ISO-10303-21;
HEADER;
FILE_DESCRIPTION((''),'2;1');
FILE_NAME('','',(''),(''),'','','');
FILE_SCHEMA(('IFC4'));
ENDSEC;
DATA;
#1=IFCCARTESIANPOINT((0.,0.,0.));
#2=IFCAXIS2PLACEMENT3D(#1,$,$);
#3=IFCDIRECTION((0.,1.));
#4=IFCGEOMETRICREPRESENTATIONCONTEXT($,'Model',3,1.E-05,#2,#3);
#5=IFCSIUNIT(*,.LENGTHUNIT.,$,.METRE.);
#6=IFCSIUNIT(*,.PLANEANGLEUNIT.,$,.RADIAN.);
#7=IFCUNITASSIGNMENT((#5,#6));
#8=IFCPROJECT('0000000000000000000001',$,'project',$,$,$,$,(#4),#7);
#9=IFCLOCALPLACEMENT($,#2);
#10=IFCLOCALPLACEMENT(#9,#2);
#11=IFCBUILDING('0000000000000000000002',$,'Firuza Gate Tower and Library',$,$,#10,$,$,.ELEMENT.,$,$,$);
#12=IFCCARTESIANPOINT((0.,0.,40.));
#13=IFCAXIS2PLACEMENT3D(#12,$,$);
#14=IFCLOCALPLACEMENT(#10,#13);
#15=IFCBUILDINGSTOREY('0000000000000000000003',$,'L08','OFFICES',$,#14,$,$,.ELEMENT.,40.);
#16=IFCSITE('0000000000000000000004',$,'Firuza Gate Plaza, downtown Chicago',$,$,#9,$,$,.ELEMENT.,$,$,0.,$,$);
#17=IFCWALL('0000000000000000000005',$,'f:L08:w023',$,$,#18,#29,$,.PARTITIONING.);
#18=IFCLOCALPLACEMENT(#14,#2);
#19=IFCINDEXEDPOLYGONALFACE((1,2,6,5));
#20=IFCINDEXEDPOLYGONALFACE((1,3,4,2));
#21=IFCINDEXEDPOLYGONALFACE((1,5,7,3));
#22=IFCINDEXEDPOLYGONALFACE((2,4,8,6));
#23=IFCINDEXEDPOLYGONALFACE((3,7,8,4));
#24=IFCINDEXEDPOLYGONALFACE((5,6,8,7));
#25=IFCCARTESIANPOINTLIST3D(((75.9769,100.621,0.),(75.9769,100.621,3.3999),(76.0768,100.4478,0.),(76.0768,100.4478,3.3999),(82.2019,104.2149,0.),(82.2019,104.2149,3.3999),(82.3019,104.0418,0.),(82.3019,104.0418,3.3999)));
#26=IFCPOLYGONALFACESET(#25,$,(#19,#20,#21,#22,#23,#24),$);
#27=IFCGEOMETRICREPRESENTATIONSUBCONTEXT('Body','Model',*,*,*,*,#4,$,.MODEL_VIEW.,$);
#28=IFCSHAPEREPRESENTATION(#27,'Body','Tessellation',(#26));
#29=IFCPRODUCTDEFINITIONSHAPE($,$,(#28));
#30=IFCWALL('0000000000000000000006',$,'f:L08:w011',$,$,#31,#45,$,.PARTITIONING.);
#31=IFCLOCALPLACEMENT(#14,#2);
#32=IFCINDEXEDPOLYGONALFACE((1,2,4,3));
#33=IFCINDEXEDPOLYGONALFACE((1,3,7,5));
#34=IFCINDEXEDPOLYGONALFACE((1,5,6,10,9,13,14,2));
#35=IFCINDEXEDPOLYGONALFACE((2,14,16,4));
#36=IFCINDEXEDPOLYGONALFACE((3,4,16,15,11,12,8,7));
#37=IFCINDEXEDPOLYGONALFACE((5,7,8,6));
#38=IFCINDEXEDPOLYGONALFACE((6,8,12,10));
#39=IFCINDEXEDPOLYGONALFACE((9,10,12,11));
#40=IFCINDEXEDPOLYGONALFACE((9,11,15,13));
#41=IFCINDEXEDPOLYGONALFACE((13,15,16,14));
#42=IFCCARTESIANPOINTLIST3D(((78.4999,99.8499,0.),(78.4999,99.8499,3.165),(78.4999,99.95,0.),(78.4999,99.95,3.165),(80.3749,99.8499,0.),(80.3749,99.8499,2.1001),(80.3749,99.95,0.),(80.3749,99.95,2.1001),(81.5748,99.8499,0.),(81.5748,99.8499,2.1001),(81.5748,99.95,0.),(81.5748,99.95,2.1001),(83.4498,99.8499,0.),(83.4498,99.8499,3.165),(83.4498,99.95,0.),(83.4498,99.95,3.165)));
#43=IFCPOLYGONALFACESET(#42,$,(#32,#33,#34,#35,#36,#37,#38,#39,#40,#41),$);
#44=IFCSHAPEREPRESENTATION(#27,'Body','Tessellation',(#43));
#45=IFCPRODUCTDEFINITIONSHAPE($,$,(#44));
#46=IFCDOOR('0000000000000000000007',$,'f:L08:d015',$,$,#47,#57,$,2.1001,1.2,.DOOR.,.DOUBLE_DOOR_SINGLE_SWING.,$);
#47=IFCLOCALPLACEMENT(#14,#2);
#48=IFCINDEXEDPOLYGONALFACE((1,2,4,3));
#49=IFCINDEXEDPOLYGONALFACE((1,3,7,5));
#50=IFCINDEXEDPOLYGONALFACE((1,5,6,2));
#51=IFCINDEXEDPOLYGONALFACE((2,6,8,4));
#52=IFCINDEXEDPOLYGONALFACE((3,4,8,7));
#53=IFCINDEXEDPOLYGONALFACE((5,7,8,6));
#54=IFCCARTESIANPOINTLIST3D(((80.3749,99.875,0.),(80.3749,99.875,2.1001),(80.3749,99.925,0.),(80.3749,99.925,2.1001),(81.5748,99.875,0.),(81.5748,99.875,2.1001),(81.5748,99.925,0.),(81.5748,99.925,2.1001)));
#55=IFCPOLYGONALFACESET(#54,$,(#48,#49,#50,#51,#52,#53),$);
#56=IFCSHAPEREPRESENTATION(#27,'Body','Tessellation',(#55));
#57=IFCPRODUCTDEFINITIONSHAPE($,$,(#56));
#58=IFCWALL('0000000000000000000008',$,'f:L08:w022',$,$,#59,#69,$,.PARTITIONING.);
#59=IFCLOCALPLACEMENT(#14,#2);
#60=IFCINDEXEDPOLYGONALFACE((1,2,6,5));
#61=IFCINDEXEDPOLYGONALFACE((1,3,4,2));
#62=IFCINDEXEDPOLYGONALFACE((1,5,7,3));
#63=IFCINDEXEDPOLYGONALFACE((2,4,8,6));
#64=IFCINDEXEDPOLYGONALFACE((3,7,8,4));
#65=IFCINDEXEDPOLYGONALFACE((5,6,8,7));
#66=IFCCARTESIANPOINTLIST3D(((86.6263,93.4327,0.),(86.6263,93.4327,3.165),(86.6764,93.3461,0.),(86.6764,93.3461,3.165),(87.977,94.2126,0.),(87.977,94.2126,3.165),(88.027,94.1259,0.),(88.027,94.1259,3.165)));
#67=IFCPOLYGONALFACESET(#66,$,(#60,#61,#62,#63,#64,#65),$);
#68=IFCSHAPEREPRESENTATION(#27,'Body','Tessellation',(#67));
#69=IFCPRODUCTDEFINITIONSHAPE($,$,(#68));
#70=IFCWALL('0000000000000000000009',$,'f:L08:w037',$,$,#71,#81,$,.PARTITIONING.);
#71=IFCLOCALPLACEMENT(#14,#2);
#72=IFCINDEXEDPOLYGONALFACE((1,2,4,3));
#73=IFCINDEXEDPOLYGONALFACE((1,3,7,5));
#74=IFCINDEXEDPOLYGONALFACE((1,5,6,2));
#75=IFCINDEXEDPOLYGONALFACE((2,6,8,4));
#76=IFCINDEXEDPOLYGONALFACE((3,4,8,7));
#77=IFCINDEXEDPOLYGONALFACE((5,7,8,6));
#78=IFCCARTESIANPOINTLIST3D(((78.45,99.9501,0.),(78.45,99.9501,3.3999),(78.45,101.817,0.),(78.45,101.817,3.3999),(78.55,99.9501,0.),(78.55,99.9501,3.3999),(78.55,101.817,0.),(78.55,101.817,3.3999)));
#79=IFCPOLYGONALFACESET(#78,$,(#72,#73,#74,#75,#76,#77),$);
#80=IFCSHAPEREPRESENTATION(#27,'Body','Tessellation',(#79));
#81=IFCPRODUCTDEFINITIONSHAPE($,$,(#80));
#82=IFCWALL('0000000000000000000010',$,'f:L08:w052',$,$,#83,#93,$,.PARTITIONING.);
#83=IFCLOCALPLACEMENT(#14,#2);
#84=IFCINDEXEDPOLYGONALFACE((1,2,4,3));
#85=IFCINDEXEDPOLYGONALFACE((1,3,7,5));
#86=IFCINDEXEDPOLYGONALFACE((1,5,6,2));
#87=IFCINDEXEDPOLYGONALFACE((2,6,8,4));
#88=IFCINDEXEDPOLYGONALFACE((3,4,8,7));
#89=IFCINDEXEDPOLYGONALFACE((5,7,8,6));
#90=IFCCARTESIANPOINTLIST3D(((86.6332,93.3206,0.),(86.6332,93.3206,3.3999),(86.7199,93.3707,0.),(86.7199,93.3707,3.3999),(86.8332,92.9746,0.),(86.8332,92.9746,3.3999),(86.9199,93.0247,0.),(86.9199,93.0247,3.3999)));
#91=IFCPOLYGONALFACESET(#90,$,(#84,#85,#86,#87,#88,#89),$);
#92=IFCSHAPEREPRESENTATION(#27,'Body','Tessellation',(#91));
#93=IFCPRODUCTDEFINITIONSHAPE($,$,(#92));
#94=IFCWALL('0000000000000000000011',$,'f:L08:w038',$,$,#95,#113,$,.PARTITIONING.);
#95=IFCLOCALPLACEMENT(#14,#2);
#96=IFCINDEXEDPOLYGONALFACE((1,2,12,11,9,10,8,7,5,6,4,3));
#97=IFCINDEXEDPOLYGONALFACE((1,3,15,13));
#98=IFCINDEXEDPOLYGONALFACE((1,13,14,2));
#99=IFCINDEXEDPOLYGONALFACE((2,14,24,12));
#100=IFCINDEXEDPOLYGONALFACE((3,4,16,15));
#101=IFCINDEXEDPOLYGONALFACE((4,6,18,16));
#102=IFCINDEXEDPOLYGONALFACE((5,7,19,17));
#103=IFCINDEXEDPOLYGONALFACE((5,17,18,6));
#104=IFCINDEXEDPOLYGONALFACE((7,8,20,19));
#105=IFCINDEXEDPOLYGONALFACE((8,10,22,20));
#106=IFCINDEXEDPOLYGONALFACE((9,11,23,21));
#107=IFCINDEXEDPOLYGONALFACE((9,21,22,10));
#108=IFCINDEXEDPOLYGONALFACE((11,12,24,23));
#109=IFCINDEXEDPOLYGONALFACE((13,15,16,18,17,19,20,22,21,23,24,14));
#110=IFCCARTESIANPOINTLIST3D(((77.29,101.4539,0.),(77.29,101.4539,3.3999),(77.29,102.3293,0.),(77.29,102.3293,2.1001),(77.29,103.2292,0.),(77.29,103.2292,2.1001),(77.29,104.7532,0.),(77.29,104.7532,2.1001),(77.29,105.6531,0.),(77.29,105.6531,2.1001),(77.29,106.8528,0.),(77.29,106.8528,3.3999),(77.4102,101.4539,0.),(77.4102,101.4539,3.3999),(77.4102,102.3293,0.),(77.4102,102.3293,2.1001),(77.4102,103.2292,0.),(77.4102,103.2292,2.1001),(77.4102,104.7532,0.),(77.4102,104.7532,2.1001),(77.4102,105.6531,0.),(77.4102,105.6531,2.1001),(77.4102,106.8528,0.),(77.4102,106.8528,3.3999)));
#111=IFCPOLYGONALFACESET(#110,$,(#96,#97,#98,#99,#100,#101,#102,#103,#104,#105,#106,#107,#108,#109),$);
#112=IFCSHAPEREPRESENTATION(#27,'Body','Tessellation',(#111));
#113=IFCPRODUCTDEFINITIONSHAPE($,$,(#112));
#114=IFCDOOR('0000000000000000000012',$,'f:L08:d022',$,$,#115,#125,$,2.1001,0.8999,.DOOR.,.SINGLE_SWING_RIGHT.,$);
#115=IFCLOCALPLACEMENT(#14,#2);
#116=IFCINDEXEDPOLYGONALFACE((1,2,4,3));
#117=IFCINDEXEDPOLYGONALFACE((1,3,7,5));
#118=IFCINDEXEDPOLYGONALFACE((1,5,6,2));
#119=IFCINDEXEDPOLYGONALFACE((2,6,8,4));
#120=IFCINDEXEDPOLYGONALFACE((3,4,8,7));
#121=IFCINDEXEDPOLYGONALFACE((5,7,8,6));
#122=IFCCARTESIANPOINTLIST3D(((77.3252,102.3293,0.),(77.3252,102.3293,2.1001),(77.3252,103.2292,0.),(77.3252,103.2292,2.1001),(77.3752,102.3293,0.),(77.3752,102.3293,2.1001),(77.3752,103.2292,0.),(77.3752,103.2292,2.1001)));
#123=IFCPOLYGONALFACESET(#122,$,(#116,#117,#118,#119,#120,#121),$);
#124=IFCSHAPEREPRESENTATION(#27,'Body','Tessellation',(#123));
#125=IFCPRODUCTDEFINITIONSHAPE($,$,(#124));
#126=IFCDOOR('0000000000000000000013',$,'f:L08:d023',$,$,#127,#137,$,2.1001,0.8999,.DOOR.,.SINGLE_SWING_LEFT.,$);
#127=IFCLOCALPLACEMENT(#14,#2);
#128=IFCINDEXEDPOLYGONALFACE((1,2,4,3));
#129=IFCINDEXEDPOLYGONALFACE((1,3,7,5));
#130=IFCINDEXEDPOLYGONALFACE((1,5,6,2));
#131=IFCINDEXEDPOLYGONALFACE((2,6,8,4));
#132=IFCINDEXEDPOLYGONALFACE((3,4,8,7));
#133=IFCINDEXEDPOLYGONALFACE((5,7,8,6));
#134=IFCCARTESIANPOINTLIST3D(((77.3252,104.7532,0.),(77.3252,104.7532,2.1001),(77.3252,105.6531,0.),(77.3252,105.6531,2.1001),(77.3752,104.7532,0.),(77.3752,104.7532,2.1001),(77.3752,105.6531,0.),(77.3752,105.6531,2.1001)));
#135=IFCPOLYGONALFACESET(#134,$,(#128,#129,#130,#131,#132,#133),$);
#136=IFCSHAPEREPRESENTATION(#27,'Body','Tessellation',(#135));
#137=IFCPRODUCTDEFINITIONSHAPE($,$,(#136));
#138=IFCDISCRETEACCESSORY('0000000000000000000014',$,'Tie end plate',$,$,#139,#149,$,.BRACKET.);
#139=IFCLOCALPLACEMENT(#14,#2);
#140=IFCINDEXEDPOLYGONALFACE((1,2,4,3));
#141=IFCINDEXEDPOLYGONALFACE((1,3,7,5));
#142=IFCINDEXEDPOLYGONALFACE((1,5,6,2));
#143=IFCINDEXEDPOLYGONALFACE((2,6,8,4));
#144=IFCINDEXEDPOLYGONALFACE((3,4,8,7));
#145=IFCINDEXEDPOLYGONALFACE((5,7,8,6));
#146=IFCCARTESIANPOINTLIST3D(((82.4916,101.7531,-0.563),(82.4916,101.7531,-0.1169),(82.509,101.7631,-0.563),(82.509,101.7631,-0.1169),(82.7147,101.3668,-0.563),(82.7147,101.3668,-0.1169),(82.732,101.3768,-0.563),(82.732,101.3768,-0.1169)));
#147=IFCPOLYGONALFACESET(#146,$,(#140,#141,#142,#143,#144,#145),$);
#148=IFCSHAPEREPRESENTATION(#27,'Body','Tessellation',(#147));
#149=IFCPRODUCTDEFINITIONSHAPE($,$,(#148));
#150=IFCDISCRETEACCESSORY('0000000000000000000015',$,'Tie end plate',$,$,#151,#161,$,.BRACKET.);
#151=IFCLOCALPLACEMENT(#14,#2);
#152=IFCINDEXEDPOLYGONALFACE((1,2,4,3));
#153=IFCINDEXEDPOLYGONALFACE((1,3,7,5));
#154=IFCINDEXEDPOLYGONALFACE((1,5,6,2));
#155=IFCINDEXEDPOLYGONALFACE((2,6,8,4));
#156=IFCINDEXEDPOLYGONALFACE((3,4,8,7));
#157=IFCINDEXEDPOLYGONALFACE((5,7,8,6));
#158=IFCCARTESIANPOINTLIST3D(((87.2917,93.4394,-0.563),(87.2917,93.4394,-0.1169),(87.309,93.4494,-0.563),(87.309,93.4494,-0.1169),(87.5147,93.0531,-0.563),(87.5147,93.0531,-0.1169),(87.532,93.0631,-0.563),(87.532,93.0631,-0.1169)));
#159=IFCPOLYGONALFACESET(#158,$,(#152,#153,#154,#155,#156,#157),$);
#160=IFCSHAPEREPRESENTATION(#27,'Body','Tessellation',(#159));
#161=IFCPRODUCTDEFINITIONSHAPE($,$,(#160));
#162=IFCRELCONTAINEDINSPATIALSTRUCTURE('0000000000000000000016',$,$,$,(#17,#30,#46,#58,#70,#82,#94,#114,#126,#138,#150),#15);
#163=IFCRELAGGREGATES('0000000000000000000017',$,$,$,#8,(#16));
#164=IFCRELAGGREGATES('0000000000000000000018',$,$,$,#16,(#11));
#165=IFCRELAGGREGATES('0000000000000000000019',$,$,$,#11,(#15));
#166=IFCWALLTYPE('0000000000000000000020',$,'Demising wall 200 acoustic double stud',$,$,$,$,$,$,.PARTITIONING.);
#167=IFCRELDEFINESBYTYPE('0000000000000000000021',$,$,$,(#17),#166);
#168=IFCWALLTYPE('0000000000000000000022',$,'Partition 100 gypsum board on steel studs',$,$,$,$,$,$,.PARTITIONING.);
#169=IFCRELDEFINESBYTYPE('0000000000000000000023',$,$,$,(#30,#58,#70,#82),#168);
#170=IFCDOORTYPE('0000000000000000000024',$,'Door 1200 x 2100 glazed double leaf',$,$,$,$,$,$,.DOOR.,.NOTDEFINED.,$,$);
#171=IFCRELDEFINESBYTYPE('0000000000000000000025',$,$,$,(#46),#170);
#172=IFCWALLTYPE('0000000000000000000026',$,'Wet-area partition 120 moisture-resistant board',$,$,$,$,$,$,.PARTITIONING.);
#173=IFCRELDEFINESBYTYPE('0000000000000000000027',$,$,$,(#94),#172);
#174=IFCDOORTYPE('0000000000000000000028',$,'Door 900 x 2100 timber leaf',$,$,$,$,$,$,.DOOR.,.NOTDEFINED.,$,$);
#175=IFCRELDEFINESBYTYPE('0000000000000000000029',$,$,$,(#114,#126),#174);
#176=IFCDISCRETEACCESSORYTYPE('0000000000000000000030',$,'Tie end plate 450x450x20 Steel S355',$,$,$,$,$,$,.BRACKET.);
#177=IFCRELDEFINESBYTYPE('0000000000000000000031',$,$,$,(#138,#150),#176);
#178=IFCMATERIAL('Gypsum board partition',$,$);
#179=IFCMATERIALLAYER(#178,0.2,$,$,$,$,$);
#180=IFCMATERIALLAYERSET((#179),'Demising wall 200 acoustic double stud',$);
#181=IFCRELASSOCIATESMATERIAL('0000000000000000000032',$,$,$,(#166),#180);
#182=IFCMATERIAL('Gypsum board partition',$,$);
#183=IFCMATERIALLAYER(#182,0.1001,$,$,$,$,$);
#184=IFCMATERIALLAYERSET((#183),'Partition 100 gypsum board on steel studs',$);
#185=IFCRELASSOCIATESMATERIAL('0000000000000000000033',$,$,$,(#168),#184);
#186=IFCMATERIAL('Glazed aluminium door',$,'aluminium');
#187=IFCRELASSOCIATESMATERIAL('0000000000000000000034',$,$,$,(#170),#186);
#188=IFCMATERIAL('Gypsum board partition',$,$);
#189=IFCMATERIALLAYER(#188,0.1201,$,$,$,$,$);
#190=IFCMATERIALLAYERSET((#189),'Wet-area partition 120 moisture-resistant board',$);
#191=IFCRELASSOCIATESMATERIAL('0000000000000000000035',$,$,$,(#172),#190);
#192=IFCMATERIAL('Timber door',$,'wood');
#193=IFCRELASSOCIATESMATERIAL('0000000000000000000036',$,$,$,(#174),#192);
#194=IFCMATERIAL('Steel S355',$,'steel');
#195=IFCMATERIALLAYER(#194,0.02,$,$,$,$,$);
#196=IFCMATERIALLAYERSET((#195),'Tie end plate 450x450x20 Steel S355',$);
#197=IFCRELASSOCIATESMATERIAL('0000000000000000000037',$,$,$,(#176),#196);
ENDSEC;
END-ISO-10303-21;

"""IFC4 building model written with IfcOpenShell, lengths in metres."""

from ifc_helpers import new_model, si_unit, direction, frame, frame_2d, origin, origin_2d, place, context, subcontext, project, spatial, rectangle, extrude, material, layer, layer_set, type_object, element, fill, save


model = new_model("IFC4")

# Units and contexts
model_context = context("Model", 3, precision=1e-05, world=origin(), true_north=direction((0.0, 1.0)))
body_context = subcontext(model_context, "Body", "Model", "MODEL_VIEW")
ifc_project = project(units=[si_unit("LENGTHUNIT", "METRE"), si_unit("PLANEANGLEUNIT", "RADIAN")], contexts=[model_context])

# Site, building, storey
site_placement = place(None, origin())
site = spatial("IfcSite", under=ifc_project, at=site_placement, Name="Firuza Gate Plaza, downtown Chicago", CompositionType="ELEMENT", RefElevation=0.0)
building_placement = place(site_placement, origin())
building = spatial("IfcBuilding", under=site, at=building_placement, Name="Firuza Gate Tower and Library", CompositionType="ELEMENT")
storey_placement = place(building_placement, frame((0.0, 0.0, 40.0)))
storey = spatial("IfcBuildingStorey", under=building, at=storey_placement, Name="L08", Description="OFFICES", CompositionType="ELEMENT", Elevation=40.0)

# Wall
ifc_material_1 = material(Name="Gypsum board partition")
ifc_layer_1 = layer(ifc_material_1, 0.2)
ifc_layer_set_1 = layer_set([ifc_layer_1], Name="Demising wall 200 acoustic double stud")
wall_type_1 = type_object("IfcWallType", Name="Demising wall 200 acoustic double stud", PredefinedType="PARTITIONING", material=ifc_layer_set_1)
wall_1_placement = place(storey_placement, frame((76.0269, 100.5344, 0.0), z_axis=(0.0, 0.0, 1.0), x_axis=(0.866029, 0.499993, 0.0)))
element("IfcWall", 1, at=wall_1_placement, inside=storey, type_object=wall_type_1, Name="f:L08:w023", PredefinedType="PARTITIONING", context=body_context, shape_type="SweptSolid", body=[
    extrude(rectangle(XDim=7.188, YDim=0.2, at=frame_2d((3.594, 0.0))), origin(), (0.0, 0.0, 1.0), 3.3999),
])

# Wall, opening, door
ifc_material_2 = material(Name="Gypsum board partition")
ifc_layer_2 = layer(ifc_material_2, 0.1001)
ifc_layer_set_2 = layer_set([ifc_layer_2], Name="Partition 100 gypsum board on steel studs")
wall_type_2 = type_object("IfcWallType", Name="Partition 100 gypsum board on steel studs", PredefinedType="PARTITIONING", material=ifc_layer_set_2)
wall_2_placement = place(storey_placement, frame((83.45, 99.8999, 0.0), z_axis=(0.0, 0.0, 1.0), x_axis=(-1.0, 0.0, 0.0)))
wall_2 = element("IfcWall", 2, at=wall_2_placement, inside=storey, type_object=wall_type_2, Name="f:L08:w011", PredefinedType="PARTITIONING", context=body_context, shape_type="SweptSolid", body=[
    extrude(rectangle(XDim=4.95, YDim=0.1001, at=frame_2d((2.4751, 0.0))), origin(), (0.0, 0.0, 1.0), 3.165),
])
opening_1_placement = place(wall_2_placement, frame((1.875, 0.0, 0.0)))
opening_1 = element("IfcOpeningElement", 3, at=opening_1_placement, cuts=wall_2, PredefinedType="OPENING", context=body_context, shape_type="SweptSolid", body=[
    extrude(rectangle(XDim=1.2, YDim=2.1001, at=frame_2d((0.6001, 1.05))), frame((0.0, 0.0601, 0.0), z_axis=(0.0, -1.0, 0.0), x_axis=(1.0, 0.0, 0.0)), (0.0, 0.0, 1.0), 0.1201),
])
ifc_material_3 = material(Name="Glazed aluminium door", Category="aluminium")
door_type_1 = type_object("IfcDoorType", Name="Door 1200 x 2100 glazed double leaf", OperationType="NOTDEFINED", PredefinedType="DOOR", material=ifc_material_3)
door_1_placement = place(opening_1_placement, origin())
door_1 = element("IfcDoor", 4, at=door_1_placement, inside=storey, type_object=door_type_1, Name="f:L08:d015", OperationType="DOUBLE_DOOR_SINGLE_SWING", OverallHeight=2.1001, OverallWidth=1.2, PredefinedType="DOOR", context=body_context, shape_type="SweptSolid", body=[
    extrude(rectangle(XDim=1.2, YDim=2.1001, at=frame_2d((0.6001, 1.05))), frame((0.0, 0.0249, 0.0), z_axis=(0.0, -1.0, 0.0), x_axis=(1.0, 0.0, 0.0)), (0.0, 0.0, 1.0), 0.05),
])
fill(opening_1, door_1)

# Walls
wall_3_placement = place(storey_placement, frame((86.6514, 93.3894, 0.0), z_axis=(0.0, 0.0, 1.0), x_axis=(0.866019, 0.500012, 0.0)))
element("IfcWall", 5, at=wall_3_placement, inside=storey, type_object=wall_type_2, Name="f:L08:w022", PredefinedType="PARTITIONING", context=body_context, shape_type="SweptSolid", body=[
    extrude(rectangle(XDim=1.5596, YDim=0.1001, at=frame_2d((0.7798, 0.0))), origin(), (0.0, 0.0, 1.0), 3.165),
])
wall_4_placement = place(storey_placement, frame((78.5, 99.95, 0.0), z_axis=(0.0, 0.0, 1.0), x_axis=(0.0, 1.0, 0.0)))
element("IfcWall", 6, at=wall_4_placement, inside=storey, type_object=wall_type_2, Name="f:L08:w037", PredefinedType="PARTITIONING", context=body_context, shape_type="SweptSolid", body=[
    extrude(rectangle(XDim=1.8669, YDim=0.1001, at=frame_2d((0.9336, 0.0))), origin(), (0.0, 0.0, 1.0), 3.3999),
])
wall_5_placement = place(storey_placement, frame((86.8765, 92.9998, 0.0), z_axis=(0.0, 0.0, 1.0), x_axis=(-0.50041, 0.865789, 0.0)))
element("IfcWall", 7, at=wall_5_placement, inside=storey, type_object=wall_type_2, Name="f:L08:w052", PredefinedType="PARTITIONING", context=body_context, shape_type="SweptSolid", body=[
    extrude(rectangle(XDim=0.3997, YDim=0.1001, at=frame_2d((0.1997, 0.0))), origin(), (0.0, 0.0, 1.0), 3.3999),
])

# Wall, openings, doors
ifc_material_4 = material(Name="Gypsum board partition")
ifc_layer_3 = layer(ifc_material_4, 0.1201)
ifc_layer_set_3 = layer_set([ifc_layer_3], Name="Wet-area partition 120 moisture-resistant board")
wall_type_3 = type_object("IfcWallType", Name="Wet-area partition 120 moisture-resistant board", PredefinedType="PARTITIONING", material=ifc_layer_set_3)
wall_6_placement = place(storey_placement, frame((77.3501, 101.4539, 0.0), z_axis=(0.0, 0.0, 1.0), x_axis=(0.0, 1.0, 0.0)))
wall_6 = element("IfcWall", 8, at=wall_6_placement, inside=storey, type_object=wall_type_3, Name="f:L08:w038", PredefinedType="PARTITIONING", context=body_context, shape_type="SweptSolid", body=[
    extrude(rectangle(XDim=5.3989, YDim=0.1201, at=frame_2d((2.6995, 0.0))), origin(), (0.0, 0.0, 1.0), 3.3999),
])
opening_2_placement = place(wall_6_placement, frame((0.8755, 0.0, 0.0)))
opening_2 = element("IfcOpeningElement", 9, at=opening_2_placement, cuts=wall_6, PredefinedType="OPENING", context=body_context, shape_type="SweptSolid", body=[
    extrude(rectangle(XDim=0.8999, YDim=2.1001, at=frame_2d((0.45, 1.05))), frame((0.0, 0.0701, 0.0), z_axis=(0.0, -1.0, 0.0), x_axis=(1.0, 0.0, 0.0)), (0.0, 0.0, 1.0), 0.1401),
])
opening_3_placement = place(wall_6_placement, frame((3.2993, 0.0, 0.0)))
opening_3 = element("IfcOpeningElement", 10, at=opening_3_placement, cuts=wall_6, PredefinedType="OPENING", context=body_context, shape_type="SweptSolid", body=[
    extrude(rectangle(XDim=0.8999, YDim=2.1001, at=frame_2d((0.45, 1.05))), frame((0.0, 0.0701, 0.0), z_axis=(0.0, -1.0, 0.0), x_axis=(1.0, 0.0, 0.0)), (0.0, 0.0, 1.0), 0.1401),
])
ifc_material_5 = material(Name="Timber door", Category="wood")
door_type_2 = type_object("IfcDoorType", Name="Door 900 x 2100 timber leaf", OperationType="NOTDEFINED", PredefinedType="DOOR", material=ifc_material_5)
door_2_placement = place(opening_2_placement, origin())
door_2 = element("IfcDoor", 11, at=door_2_placement, inside=storey, type_object=door_type_2, Name="f:L08:d022", OperationType="SINGLE_SWING_RIGHT", OverallHeight=2.1001, OverallWidth=0.8999, PredefinedType="DOOR", context=body_context, shape_type="SweptSolid", body=[
    extrude(rectangle(XDim=0.8999, YDim=2.1001, at=frame_2d((0.45, 1.05))), frame((0.0, 0.0249, 0.0), z_axis=(0.0, -1.0, 0.0), x_axis=(1.0, 0.0, 0.0)), (0.0, 0.0, 1.0), 0.05),
])
fill(opening_2, door_2)
door_3_placement = place(opening_3_placement, origin())
door_3 = element("IfcDoor", 12, at=door_3_placement, inside=storey, type_object=door_type_2, Name="f:L08:d023", OperationType="SINGLE_SWING_LEFT", OverallHeight=2.1001, OverallWidth=0.8999, PredefinedType="DOOR", context=body_context, shape_type="SweptSolid", body=[
    extrude(rectangle(XDim=0.8999, YDim=2.1001, at=frame_2d((0.45, 1.05))), frame((0.0, 0.0249, 0.0), z_axis=(0.0, -1.0, 0.0), x_axis=(1.0, 0.0, 0.0)), (0.0, 0.0, 1.0), 0.05),
])
fill(opening_3, door_3)

# Discrete accessories
ifc_material_6 = material(Name="Steel S355", Category="steel")
ifc_layer_4 = layer(ifc_material_6, 0.02)
ifc_layer_set_4 = layer_set([ifc_layer_4], Name="Tie end plate 450x450x20 Steel S355")
discrete_accessory_type = type_object("IfcDiscreteAccessoryType", Name="Tie end plate 450x450x20 Steel S355", PredefinedType="BRACKET", material=ifc_layer_set_4)
for number, where, z_axis, x_axis, name in (
    (13, (82.6118, 101.5649, -0.563), (0.0, 0.0, 1.0), (-0.866025, -0.5, 0.0), "Tie end plate"),
    (14, (87.4119, 93.2512, -0.563), (0.0, 0.0, 1.0), (-0.866025, -0.5, 0.0), "Tie end plate"),
):
    element("IfcDiscreteAccessory", number, at=place(storey_placement, frame(where, z_axis=z_axis, x_axis=x_axis)), inside=storey, type_object=discrete_accessory_type, Name=name, PredefinedType="BRACKET", context=body_context, shape_type="SweptSolid", body=[
        extrude(rectangle(XDim=0.02, YDim=0.446, at=origin_2d()), origin(), (0.0, 0.0, 1.0), 0.446),
    ])

save(model, "model.ifc")
